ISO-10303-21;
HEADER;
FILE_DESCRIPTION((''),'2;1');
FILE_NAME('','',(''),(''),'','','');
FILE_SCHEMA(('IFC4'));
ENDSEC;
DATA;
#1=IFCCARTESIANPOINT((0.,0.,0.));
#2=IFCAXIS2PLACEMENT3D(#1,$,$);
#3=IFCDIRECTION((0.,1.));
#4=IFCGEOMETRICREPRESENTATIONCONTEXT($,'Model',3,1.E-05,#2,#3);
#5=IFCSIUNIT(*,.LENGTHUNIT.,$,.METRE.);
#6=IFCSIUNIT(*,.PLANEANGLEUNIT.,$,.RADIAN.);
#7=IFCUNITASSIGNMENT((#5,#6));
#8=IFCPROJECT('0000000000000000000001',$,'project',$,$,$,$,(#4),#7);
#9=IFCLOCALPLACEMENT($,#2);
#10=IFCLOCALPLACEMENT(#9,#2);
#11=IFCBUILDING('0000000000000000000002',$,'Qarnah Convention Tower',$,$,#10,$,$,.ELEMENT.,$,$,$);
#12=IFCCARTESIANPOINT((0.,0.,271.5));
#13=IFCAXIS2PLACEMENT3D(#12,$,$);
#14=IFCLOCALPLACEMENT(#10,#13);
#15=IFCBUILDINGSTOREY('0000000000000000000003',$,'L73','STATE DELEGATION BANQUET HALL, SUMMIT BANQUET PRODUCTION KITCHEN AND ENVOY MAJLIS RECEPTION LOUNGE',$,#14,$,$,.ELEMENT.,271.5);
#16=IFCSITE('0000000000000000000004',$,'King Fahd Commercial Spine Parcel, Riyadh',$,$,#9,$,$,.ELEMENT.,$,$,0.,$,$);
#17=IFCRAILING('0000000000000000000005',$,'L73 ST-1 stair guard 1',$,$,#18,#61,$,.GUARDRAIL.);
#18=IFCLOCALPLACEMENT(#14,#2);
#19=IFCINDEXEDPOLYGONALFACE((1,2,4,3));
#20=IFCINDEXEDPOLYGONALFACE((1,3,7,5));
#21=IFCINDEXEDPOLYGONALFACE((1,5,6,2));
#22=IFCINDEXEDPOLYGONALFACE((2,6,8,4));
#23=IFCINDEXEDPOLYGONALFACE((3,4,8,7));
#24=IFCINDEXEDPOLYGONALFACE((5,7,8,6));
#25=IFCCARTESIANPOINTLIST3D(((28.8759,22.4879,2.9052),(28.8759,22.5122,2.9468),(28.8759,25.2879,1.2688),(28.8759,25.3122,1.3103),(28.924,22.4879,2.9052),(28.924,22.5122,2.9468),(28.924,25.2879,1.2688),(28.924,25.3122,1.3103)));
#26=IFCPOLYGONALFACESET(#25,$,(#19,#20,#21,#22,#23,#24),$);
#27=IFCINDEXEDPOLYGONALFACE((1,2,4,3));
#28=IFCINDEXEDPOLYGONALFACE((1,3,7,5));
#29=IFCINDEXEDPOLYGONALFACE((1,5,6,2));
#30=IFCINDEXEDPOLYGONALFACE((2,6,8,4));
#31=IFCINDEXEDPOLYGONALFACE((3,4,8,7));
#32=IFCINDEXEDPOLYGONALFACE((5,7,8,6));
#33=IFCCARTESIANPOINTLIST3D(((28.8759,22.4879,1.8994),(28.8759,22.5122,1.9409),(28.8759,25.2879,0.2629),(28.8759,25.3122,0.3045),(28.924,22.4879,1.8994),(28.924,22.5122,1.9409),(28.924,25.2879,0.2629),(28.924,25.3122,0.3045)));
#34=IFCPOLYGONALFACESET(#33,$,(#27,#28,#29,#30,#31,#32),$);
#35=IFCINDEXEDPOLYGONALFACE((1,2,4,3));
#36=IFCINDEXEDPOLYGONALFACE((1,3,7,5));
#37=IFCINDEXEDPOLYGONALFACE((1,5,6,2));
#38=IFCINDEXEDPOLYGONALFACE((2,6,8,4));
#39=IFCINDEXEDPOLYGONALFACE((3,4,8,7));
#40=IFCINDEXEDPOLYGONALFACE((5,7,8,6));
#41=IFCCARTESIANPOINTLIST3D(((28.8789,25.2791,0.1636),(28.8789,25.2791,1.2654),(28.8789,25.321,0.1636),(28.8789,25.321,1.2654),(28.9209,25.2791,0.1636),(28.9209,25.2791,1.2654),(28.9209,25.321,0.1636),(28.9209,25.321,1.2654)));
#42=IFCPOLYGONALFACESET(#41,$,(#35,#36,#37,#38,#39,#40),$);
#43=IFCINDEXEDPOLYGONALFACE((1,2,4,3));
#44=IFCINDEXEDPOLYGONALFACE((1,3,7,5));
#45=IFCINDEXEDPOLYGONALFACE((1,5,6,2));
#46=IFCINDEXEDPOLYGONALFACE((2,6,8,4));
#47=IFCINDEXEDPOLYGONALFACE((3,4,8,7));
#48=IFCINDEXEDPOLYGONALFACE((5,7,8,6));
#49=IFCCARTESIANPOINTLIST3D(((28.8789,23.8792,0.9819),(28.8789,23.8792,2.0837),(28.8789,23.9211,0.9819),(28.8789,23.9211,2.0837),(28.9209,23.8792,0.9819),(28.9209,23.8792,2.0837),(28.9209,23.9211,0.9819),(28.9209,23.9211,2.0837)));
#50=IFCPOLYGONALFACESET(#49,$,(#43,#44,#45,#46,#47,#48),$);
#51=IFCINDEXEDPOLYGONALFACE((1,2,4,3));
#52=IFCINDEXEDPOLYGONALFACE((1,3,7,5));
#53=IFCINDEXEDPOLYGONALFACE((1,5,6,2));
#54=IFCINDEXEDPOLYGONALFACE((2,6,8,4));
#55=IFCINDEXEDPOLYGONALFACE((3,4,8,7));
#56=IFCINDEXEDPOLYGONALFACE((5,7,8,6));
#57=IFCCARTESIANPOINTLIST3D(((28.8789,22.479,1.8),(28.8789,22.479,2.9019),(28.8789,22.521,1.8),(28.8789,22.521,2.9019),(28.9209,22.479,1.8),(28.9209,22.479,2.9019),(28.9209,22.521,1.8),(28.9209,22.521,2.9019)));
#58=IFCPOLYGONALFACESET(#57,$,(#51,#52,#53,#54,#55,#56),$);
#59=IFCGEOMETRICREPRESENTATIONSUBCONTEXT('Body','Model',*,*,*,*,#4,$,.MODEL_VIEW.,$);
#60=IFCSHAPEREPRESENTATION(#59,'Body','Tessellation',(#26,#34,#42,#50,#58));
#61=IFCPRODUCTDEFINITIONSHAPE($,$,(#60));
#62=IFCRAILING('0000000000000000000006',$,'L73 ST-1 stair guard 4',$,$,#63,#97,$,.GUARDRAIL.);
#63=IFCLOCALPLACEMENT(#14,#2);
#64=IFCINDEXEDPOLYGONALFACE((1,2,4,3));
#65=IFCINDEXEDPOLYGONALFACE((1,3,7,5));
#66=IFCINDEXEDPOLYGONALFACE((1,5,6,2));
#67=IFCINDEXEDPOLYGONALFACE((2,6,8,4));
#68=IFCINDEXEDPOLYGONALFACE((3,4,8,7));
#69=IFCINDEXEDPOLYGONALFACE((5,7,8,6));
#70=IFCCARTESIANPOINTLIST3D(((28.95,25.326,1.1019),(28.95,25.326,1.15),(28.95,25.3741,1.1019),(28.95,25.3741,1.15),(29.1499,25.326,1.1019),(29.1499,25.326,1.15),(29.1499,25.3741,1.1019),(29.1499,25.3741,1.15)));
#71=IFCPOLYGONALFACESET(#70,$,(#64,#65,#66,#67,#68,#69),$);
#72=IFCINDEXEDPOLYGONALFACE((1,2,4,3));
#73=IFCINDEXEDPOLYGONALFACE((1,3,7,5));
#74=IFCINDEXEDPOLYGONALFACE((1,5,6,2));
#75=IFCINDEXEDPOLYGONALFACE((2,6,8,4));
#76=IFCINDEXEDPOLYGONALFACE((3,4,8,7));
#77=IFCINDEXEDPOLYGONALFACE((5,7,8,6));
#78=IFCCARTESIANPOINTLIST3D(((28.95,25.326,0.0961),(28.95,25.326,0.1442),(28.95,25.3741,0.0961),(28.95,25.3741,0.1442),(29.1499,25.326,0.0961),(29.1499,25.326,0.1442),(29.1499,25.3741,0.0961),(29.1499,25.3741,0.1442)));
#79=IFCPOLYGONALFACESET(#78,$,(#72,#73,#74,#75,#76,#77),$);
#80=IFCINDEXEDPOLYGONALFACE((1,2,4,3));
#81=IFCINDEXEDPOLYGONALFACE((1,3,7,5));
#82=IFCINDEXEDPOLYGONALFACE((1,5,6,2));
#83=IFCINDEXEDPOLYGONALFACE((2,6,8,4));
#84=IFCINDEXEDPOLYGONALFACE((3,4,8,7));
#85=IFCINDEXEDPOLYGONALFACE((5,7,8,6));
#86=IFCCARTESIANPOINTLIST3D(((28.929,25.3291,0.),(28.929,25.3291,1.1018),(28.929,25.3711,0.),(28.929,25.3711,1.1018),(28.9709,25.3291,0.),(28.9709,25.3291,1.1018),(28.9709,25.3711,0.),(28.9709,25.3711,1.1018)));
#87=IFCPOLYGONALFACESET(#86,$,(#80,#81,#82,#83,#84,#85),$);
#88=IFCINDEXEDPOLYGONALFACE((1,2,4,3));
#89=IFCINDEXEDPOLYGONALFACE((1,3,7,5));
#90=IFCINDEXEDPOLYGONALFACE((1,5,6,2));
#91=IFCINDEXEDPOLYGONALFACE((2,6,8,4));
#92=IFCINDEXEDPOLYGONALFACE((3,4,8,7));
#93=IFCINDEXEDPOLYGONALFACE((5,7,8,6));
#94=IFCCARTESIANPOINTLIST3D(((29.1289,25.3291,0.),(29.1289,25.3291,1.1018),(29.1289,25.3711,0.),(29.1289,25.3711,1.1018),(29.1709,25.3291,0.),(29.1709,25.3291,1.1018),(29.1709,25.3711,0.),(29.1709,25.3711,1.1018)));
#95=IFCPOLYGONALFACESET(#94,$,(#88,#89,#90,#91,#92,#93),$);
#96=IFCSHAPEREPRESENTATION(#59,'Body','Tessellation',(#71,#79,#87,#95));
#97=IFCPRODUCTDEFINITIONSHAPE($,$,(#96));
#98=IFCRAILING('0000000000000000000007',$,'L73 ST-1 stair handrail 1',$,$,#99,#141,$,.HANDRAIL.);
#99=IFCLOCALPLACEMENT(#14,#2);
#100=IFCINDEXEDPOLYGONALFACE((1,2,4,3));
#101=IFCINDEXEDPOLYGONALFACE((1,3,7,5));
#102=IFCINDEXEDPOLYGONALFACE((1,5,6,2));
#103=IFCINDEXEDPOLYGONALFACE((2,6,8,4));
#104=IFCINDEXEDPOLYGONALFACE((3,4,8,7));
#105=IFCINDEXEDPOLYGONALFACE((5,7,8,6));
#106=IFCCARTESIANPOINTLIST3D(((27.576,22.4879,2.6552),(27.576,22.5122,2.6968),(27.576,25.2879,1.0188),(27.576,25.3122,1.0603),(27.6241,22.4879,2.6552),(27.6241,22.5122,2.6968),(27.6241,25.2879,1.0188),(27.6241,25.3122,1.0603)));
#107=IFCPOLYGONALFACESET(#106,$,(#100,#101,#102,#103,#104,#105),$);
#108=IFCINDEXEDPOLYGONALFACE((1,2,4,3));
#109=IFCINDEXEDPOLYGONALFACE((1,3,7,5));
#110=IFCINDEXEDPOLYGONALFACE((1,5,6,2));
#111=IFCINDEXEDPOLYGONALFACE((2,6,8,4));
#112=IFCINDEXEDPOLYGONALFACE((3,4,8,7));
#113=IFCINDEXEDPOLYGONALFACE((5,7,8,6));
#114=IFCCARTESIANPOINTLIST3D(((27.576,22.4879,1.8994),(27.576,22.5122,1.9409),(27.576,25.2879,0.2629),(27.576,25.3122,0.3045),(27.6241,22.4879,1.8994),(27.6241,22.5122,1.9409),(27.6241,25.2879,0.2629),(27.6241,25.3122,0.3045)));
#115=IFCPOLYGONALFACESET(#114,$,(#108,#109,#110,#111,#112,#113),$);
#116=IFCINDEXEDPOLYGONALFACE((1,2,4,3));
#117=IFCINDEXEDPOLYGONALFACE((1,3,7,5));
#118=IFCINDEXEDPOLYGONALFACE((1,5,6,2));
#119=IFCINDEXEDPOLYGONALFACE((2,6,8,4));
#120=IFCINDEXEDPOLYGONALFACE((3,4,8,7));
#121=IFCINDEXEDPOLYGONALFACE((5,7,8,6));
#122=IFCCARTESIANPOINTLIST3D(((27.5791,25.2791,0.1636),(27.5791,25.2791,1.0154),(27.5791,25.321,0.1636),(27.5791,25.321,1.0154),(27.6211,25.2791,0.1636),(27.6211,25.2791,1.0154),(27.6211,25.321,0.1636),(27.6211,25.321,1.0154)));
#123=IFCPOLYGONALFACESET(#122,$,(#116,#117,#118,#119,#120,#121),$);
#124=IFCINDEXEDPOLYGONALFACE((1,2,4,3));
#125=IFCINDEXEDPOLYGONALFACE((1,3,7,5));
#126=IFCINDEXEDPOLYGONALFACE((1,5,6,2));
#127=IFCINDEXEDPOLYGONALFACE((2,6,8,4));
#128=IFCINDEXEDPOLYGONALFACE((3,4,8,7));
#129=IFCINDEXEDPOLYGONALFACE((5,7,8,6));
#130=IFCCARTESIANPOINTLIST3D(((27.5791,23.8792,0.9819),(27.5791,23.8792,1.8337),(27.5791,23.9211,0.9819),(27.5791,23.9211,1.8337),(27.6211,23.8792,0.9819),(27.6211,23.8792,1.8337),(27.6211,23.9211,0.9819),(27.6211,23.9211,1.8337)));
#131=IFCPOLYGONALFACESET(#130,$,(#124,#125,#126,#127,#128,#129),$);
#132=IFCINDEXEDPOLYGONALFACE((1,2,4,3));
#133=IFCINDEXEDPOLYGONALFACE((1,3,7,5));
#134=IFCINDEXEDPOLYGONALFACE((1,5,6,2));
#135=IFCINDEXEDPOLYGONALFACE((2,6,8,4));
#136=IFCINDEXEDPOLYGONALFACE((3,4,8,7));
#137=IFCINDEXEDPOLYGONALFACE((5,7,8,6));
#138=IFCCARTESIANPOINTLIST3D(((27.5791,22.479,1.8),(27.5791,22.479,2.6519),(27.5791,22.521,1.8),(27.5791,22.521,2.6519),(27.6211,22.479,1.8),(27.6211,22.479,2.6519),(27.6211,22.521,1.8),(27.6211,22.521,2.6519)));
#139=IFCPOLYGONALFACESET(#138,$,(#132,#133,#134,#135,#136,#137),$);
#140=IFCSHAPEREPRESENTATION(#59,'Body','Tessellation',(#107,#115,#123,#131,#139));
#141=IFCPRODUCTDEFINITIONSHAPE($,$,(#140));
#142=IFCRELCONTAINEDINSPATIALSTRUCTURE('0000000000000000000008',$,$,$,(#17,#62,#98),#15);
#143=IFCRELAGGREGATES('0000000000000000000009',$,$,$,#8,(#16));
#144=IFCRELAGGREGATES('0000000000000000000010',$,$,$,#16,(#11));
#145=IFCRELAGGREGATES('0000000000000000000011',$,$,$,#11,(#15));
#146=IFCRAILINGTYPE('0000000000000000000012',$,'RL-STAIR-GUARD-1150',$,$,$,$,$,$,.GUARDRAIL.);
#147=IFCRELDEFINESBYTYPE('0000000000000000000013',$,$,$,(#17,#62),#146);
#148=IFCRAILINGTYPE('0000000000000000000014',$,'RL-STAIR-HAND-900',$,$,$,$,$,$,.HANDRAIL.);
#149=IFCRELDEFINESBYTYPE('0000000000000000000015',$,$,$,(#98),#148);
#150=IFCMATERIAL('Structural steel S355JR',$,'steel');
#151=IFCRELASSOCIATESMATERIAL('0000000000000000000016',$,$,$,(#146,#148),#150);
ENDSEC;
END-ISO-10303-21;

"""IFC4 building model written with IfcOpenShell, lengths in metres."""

from ifc_helpers import new_model, si_unit, direction, frame, origin, origin_2d, place, context, subcontext, project, spatial, rectangle, extrude, material, type_object, element, save


model = new_model("IFC4")

# Units and contexts
model_context = context("Model", 3, precision=1e-05, world=origin(), true_north=direction((0.0, 1.0)))
body_context = subcontext(model_context, "Body", "Model", "MODEL_VIEW")
ifc_project = project(units=[si_unit("LENGTHUNIT", "METRE"), si_unit("PLANEANGLEUNIT", "RADIAN")], contexts=[model_context])

# Site, building, storey
site_placement = place(None, origin())
site = spatial("IfcSite", under=ifc_project, at=site_placement, Name="King Fahd Commercial Spine Parcel, Riyadh", CompositionType="ELEMENT", RefElevation=0.0)
building_placement = place(site_placement, origin())
building = spatial("IfcBuilding", under=site, at=building_placement, Name="Qarnah Convention Tower", CompositionType="ELEMENT")
storey_placement = place(building_placement, frame((0.0, 0.0, 271.5)))
storey = spatial("IfcBuildingStorey", under=building, at=storey_placement, Name="L73", Description="STATE DELEGATION BANQUET HALL, SUMMIT BANQUET PRODUCTION KITCHEN AND ENVOY MAJLIS RECEPTION LOUNGE", CompositionType="ELEMENT", Elevation=271.5)

# Shared definitions
ifc_material_1 = material(Name="Structural steel S355JR", Category="steel")

# Railings
railing_type_1 = type_object("IfcRailingType", Name="RL-STAIR-GUARD-1150", PredefinedType="GUARDRAIL", material=ifc_material_1)
railing_1_placement = place(storey_placement, frame((28.8999, 25.3, 0.1636)))
element("IfcRailing", 1, at=railing_1_placement, inside=storey, type_object=railing_type_1, Name="L73 ST-1 stair guard 1", PredefinedType="GUARDRAIL", context=body_context, shape_type="SweptSolid", body=[
    extrude(rectangle(XDim=0.0481, YDim=0.0481, at=origin_2d()), frame((0.0, 0.0, 1.126), z_axis=(0.0, -0.863361, 0.504587), x_axis=(1.0, 0.0, 0.0)), (0.0, 0.0, 1.0), 3.2432),
    extrude(rectangle(XDim=0.0481, YDim=0.0481, at=origin_2d()), frame((0.0, 0.0, 0.1201), z_axis=(0.0, -0.863361, 0.504587), x_axis=(1.0, 0.0, 0.0)), (0.0, 0.0, 1.0), 3.2432),
    extrude(rectangle(XDim=0.042, YDim=0.042, at=origin_2d()), origin(), (0.0, 0.0, 1.0), 1.1018),
    extrude(rectangle(XDim=0.042, YDim=0.042, at=origin_2d()), frame((0.0, -1.3999, 0.8184)), (0.0, 0.0, 1.0), 1.1018),
    extrude(rectangle(XDim=0.042, YDim=0.042, at=origin_2d()), frame((0.0, -2.8, 1.6365)), (0.0, 0.0, 1.0), 1.1018),
])
railing_2_placement = place(storey_placement, frame((28.95, 25.3501, 0.0)))
element("IfcRailing", 2, at=railing_2_placement, inside=storey, type_object=railing_type_1, Name="L73 ST-1 stair guard 4", PredefinedType="GUARDRAIL", context=body_context, shape_type="SweptSolid", body=[
    extrude(rectangle(XDim=0.0481, YDim=0.0481, at=origin_2d()), frame((0.0, 0.0, 1.126), z_axis=(1.0, 0.0, 0.0), x_axis=(0.0, 1.0, 0.0)), (0.0, 0.0, 1.0), 0.2),
    extrude(rectangle(XDim=0.0481, YDim=0.0481, at=origin_2d()), frame((0.0, 0.0, 0.1201), z_axis=(1.0, 0.0, 0.0), x_axis=(0.0, 1.0, 0.0)), (0.0, 0.0, 1.0), 0.2),
    extrude(rectangle(XDim=0.042, YDim=0.042, at=origin_2d()), origin(), (0.0, 0.0, 1.0), 1.1018),
    extrude(rectangle(XDim=0.042, YDim=0.042, at=origin_2d()), frame((0.2, 0.0, 0.0)), (0.0, 0.0, 1.0), 1.1018),
])
railing_type_2 = type_object("IfcRailingType", Name="RL-STAIR-HAND-900", PredefinedType="HANDRAIL", material=ifc_material_1)
railing_3_placement = place(storey_placement, frame((27.6001, 25.3, 0.1636)))
element("IfcRailing", 3, at=railing_3_placement, inside=storey, type_object=railing_type_2, Name="L73 ST-1 stair handrail 1", PredefinedType="HANDRAIL", context=body_context, shape_type="SweptSolid", body=[
    extrude(rectangle(XDim=0.0481, YDim=0.0481, at=origin_2d()), frame((0.0, 0.0, 0.876), z_axis=(0.0, -0.863361, 0.504587), x_axis=(1.0, 0.0, 0.0)), (0.0, 0.0, 1.0), 3.2432),
    extrude(rectangle(XDim=0.0481, YDim=0.0481, at=origin_2d()), frame((0.0, 0.0, 0.1201), z_axis=(0.0, -0.863361, 0.504587), x_axis=(1.0, 0.0, 0.0)), (0.0, 0.0, 1.0), 3.2432),
    extrude(rectangle(XDim=0.042, YDim=0.042, at=origin_2d()), origin(), (0.0, 0.0, 1.0), 0.8518),
    extrude(rectangle(XDim=0.042, YDim=0.042, at=origin_2d()), frame((0.0, -1.3999, 0.8184)), (0.0, 0.0, 1.0), 0.8518),
    extrude(rectangle(XDim=0.042, YDim=0.042, at=origin_2d()), frame((0.0, -2.8, 1.6365)), (0.0, 0.0, 1.0), 0.8518),
])

save(model, "model.ifc")
